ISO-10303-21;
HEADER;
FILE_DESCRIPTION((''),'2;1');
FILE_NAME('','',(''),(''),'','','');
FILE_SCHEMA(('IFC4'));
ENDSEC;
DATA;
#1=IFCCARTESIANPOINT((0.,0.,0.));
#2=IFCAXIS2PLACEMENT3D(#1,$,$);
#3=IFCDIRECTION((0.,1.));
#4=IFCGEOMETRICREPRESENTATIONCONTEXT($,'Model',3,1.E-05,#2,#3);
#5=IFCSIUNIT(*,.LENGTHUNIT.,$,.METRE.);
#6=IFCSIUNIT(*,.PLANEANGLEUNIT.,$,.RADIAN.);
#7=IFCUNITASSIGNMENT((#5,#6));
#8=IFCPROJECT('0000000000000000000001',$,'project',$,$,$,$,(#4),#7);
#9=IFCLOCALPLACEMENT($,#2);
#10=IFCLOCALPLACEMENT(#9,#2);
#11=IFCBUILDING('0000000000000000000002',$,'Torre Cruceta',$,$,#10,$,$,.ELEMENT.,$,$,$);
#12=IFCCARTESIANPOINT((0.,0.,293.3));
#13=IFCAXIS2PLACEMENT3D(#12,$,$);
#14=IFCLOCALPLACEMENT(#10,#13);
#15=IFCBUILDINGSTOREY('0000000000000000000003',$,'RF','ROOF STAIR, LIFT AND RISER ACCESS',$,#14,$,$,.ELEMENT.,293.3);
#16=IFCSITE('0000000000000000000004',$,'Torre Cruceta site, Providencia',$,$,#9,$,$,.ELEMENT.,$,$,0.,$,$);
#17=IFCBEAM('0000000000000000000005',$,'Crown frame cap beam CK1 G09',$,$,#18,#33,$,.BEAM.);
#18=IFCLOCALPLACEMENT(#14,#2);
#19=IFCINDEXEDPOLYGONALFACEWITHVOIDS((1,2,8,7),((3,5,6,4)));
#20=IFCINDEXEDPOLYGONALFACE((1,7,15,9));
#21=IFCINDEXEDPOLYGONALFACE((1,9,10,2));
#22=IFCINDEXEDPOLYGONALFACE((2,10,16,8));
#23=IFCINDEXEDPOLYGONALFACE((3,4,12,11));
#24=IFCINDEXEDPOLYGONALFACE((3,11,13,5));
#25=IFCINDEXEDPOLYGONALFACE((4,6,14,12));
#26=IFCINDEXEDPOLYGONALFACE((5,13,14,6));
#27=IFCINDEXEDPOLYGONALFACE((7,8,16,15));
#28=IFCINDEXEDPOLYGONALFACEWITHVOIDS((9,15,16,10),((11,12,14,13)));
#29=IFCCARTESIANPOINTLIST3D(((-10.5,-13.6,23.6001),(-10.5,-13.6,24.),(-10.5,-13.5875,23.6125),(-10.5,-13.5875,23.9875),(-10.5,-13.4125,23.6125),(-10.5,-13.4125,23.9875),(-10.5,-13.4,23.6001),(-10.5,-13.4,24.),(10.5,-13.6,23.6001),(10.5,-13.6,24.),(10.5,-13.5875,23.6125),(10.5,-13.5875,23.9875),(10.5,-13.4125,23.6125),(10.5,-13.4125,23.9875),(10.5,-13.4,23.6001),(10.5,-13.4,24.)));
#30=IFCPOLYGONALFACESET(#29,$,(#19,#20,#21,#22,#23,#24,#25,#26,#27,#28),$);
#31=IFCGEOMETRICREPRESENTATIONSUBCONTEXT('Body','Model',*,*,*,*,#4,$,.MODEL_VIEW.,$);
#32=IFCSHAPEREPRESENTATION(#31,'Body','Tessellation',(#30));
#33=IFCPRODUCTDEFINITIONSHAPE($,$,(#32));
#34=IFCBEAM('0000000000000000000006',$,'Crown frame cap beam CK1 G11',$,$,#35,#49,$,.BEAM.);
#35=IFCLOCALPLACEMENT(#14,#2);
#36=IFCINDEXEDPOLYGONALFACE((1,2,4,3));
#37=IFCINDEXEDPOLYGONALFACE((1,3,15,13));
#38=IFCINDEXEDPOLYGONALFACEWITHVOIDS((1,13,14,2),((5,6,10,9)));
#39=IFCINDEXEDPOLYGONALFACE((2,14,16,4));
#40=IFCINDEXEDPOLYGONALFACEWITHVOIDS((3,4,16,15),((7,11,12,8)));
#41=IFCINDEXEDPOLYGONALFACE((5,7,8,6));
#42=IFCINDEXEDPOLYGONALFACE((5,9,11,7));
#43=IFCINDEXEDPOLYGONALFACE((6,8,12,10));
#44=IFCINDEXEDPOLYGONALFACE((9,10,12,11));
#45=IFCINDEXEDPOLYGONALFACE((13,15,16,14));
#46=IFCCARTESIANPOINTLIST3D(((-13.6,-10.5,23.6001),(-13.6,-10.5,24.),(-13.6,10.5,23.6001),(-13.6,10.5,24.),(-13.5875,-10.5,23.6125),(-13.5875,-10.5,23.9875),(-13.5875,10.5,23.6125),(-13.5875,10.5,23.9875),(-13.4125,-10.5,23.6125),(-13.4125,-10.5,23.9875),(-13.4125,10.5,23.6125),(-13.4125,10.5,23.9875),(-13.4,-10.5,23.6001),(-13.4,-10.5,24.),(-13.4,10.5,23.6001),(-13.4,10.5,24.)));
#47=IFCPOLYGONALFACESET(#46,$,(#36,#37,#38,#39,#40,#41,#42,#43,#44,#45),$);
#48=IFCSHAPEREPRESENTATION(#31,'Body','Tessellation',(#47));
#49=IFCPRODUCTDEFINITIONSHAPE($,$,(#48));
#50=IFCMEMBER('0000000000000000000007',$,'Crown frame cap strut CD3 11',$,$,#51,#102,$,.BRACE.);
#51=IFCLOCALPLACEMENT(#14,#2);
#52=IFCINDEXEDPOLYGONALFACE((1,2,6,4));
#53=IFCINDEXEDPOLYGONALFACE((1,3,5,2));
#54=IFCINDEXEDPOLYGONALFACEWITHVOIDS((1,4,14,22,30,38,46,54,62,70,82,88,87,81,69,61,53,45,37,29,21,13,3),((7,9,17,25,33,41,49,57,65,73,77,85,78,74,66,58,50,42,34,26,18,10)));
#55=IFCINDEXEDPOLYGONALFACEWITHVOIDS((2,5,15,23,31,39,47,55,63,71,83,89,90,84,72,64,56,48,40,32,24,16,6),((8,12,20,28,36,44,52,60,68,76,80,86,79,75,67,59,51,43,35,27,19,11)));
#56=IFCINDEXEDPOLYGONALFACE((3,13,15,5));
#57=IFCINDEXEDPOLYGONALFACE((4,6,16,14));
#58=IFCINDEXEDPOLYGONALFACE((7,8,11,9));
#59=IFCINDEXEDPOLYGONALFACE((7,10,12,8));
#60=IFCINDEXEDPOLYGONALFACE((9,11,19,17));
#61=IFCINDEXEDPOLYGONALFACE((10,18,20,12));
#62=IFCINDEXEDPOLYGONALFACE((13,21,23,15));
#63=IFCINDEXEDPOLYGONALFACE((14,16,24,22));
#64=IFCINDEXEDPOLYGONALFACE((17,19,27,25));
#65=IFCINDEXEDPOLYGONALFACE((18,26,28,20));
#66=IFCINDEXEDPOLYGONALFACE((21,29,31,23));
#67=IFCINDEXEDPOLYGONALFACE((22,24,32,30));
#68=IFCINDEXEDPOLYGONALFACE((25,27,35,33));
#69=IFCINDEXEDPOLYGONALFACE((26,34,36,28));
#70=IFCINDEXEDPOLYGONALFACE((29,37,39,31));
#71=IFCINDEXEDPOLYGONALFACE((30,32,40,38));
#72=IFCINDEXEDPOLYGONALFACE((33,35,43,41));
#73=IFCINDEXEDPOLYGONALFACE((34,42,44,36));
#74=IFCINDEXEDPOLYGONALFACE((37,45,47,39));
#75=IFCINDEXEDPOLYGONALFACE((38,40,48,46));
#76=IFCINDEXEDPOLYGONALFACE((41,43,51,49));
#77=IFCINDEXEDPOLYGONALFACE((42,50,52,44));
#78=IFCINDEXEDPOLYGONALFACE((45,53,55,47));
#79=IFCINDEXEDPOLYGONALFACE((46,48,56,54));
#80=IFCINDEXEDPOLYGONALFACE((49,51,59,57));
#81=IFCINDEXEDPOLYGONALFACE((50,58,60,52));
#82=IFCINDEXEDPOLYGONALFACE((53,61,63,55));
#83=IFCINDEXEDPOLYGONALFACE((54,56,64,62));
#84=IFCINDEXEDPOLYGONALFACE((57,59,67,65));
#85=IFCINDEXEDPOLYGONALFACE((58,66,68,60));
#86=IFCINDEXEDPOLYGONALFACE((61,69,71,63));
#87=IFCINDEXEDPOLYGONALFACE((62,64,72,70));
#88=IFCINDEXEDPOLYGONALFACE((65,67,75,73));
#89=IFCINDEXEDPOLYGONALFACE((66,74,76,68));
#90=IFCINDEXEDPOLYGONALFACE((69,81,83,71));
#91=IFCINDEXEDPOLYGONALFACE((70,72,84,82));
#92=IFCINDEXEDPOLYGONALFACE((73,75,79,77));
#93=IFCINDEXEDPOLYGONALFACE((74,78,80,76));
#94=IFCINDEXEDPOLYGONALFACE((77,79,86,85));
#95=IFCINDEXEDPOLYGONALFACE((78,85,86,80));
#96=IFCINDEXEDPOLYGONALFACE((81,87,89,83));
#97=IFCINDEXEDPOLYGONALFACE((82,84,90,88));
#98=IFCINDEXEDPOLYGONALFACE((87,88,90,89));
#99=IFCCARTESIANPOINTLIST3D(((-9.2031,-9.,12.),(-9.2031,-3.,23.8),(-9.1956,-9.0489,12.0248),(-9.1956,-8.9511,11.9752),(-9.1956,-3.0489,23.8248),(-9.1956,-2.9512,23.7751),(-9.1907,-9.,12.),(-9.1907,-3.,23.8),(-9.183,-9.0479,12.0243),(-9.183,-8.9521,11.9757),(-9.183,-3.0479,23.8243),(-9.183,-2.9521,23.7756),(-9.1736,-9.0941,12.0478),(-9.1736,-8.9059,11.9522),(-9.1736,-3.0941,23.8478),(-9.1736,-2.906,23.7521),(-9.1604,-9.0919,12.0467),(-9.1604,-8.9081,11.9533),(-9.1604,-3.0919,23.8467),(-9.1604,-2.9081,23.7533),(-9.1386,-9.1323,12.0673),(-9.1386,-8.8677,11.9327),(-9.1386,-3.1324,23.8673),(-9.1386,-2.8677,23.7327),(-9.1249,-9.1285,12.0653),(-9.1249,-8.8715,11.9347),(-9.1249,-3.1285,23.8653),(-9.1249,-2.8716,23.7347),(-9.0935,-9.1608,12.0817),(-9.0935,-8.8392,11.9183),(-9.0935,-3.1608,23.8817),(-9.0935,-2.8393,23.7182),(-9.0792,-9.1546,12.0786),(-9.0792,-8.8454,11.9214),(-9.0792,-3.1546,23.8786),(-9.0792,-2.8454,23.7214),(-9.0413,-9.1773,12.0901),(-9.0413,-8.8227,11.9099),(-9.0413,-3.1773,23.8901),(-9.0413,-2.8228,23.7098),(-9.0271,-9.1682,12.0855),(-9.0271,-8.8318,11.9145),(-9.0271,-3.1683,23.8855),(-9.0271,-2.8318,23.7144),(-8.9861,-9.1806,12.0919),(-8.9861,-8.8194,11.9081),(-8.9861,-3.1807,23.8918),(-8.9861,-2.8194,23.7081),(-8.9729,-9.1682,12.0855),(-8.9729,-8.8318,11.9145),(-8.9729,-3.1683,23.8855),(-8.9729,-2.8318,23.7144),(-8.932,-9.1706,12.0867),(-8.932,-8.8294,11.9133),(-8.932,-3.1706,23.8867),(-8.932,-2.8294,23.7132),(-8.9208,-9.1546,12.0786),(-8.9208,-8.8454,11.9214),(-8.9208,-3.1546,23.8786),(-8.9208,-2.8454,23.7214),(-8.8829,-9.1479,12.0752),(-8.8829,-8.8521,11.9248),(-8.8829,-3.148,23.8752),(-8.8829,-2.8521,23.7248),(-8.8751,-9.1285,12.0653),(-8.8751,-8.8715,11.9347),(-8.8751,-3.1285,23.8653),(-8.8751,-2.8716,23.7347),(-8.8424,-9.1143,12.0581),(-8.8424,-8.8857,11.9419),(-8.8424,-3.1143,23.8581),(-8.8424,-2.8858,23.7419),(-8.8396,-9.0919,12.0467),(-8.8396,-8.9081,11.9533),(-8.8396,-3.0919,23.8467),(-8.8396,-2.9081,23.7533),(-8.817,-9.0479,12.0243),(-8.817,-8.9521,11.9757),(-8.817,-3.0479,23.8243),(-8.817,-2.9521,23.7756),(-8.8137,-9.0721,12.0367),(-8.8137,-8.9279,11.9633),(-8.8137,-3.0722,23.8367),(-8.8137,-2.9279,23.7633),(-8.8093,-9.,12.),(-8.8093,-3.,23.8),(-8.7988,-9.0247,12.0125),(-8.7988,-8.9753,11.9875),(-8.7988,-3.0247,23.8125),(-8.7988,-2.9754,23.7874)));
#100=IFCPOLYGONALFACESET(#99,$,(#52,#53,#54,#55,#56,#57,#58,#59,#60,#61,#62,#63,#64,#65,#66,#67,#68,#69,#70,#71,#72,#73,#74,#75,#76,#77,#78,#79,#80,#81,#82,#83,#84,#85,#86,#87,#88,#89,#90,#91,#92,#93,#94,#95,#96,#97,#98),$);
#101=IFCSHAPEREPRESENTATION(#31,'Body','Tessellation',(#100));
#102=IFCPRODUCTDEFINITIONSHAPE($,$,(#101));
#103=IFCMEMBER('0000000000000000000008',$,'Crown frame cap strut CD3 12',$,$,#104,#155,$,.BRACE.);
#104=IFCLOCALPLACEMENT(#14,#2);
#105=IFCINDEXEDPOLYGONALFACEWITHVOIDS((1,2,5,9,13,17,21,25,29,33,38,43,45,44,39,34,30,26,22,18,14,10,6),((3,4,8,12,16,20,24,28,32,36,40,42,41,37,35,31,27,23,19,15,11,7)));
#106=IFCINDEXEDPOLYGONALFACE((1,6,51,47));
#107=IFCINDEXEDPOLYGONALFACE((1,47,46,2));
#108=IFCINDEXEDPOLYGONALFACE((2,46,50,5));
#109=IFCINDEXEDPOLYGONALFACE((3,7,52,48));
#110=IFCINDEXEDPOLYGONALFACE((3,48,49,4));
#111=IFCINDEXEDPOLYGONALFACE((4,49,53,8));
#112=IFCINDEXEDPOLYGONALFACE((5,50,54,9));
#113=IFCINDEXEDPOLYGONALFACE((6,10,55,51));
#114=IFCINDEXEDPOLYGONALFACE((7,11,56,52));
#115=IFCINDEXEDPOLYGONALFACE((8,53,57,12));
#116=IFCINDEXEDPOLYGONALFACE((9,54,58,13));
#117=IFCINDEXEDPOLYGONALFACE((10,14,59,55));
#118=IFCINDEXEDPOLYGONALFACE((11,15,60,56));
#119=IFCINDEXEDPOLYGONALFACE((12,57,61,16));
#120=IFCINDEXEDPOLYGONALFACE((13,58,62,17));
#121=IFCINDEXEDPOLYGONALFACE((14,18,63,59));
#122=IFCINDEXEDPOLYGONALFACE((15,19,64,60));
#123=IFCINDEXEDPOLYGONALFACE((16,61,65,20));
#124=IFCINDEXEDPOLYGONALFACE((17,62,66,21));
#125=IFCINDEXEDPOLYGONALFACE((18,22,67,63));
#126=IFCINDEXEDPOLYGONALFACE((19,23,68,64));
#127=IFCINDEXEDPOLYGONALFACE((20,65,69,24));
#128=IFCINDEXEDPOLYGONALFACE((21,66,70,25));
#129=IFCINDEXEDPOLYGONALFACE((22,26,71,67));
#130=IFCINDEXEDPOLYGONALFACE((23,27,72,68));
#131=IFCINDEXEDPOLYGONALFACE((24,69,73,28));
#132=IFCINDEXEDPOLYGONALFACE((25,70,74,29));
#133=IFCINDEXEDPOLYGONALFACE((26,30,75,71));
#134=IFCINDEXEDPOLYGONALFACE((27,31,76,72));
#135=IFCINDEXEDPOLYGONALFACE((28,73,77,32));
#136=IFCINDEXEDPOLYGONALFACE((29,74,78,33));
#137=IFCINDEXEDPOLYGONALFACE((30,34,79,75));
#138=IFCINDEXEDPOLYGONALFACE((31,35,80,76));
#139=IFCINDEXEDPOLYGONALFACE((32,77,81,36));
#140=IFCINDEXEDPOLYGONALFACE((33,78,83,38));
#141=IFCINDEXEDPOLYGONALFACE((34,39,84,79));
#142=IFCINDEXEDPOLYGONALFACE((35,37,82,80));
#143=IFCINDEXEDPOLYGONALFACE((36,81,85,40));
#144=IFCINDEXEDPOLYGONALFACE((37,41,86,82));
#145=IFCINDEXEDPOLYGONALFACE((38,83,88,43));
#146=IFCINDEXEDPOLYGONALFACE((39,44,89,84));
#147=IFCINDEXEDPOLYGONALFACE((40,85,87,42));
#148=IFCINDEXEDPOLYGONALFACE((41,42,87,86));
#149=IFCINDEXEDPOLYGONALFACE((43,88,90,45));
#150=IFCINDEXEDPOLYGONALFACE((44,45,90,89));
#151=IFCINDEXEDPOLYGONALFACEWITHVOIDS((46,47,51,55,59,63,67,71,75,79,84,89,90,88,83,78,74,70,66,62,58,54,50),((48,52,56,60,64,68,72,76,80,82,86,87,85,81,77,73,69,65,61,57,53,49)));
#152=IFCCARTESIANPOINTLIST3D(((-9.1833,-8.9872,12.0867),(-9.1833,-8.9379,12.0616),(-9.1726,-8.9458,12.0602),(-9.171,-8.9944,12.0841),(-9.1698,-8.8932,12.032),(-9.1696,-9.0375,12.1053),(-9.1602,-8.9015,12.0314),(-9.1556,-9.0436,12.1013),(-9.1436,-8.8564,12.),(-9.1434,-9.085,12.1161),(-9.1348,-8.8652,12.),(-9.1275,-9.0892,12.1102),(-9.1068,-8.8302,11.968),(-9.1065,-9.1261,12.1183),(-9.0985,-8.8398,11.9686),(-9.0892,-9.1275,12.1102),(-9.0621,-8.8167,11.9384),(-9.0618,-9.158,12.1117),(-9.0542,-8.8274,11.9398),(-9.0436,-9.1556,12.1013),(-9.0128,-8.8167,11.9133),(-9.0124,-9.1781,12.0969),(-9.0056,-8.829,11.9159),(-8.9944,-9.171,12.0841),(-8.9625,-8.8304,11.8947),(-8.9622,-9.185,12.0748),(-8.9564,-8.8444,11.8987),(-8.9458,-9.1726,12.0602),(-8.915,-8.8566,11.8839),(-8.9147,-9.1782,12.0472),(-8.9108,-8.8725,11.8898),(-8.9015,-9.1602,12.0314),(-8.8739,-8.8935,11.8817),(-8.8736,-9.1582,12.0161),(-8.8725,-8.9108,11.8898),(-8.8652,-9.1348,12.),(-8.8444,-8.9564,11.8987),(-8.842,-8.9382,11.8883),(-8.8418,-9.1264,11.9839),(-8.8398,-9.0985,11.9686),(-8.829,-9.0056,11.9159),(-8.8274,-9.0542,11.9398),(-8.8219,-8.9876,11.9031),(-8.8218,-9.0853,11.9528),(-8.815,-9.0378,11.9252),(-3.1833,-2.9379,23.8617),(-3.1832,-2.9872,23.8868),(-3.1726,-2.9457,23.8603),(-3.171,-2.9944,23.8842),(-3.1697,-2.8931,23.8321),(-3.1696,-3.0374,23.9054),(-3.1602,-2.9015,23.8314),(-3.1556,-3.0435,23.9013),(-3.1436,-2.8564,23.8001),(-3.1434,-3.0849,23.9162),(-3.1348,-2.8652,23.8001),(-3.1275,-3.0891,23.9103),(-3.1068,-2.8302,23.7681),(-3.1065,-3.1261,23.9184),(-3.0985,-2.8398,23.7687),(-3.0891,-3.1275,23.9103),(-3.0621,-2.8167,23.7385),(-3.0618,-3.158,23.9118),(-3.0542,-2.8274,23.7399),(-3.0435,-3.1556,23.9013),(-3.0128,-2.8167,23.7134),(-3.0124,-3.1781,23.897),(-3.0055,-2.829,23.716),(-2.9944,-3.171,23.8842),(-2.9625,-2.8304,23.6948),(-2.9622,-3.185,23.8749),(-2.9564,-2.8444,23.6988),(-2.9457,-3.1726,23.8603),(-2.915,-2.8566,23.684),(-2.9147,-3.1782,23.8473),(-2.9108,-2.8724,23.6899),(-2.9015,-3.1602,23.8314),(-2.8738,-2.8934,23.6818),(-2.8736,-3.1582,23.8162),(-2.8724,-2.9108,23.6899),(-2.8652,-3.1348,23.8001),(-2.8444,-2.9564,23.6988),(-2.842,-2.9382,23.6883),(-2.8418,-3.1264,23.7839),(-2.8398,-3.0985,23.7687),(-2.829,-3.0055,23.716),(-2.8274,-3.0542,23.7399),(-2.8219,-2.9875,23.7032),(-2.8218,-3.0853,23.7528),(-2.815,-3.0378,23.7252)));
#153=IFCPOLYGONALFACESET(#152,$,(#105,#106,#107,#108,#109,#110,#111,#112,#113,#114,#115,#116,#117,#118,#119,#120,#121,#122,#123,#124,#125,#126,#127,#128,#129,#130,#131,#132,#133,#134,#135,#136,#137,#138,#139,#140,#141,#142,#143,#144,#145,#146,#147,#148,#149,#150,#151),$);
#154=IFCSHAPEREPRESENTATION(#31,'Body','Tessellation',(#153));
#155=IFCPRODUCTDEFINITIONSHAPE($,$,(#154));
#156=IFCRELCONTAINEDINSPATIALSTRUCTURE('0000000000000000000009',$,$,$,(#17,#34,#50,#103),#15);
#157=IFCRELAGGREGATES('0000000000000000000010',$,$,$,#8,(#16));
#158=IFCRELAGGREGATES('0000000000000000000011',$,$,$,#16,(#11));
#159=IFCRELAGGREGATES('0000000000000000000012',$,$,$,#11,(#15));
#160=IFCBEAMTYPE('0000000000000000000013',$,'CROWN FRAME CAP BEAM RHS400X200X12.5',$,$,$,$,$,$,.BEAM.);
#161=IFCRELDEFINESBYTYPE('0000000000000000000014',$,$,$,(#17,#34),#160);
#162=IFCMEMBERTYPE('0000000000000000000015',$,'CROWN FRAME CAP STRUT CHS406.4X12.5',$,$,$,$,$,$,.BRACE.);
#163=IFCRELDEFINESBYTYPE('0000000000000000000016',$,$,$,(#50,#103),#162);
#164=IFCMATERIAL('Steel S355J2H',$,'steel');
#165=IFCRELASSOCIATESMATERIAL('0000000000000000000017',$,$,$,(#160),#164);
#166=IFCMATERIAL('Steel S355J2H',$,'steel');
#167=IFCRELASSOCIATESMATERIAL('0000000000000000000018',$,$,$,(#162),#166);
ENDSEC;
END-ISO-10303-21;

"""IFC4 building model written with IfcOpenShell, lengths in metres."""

from ifc_helpers import new_model, si_unit, direction, frame, origin, origin_2d, place, context, subcontext, project, spatial, hollow_rectangle, hollow_circle, extrude, material, material_profile, profile_set, type_object, element, save


model = new_model("IFC4")

# Units and contexts
model_context = context("Model", 3, precision=1e-05, world=origin(), true_north=direction((0.0, 1.0)))
body_context = subcontext(model_context, "Body", "Model", "MODEL_VIEW")
ifc_project = project(units=[si_unit("LENGTHUNIT", "METRE"), si_unit("PLANEANGLEUNIT", "RADIAN")], contexts=[model_context])

# Site, building, storey
site_placement = place(None, origin())
site = spatial("IfcSite", under=ifc_project, at=site_placement, Name="Torre Cruceta site, Providencia", CompositionType="ELEMENT", RefElevation=0.0)
building_placement = place(site_placement, origin())
building = spatial("IfcBuilding", under=site, at=building_placement, Name="Torre Cruceta", CompositionType="ELEMENT")
storey_placement = place(building_placement, frame((0.0, 0.0, 293.3)))
storey = spatial("IfcBuildingStorey", under=building, at=storey_placement, Name="RF", Description="ROOF STAIR, LIFT AND RISER ACCESS", CompositionType="ELEMENT", Elevation=293.3)

# Beams
ifc_material_1 = material(Name="Steel S355J2H", Category="steel")
ifc_material_profile_1 = material_profile(ifc_material_1, hollow_rectangle(XDim=0.2, YDim=0.3999, WallThickness=0.0125, at=origin_2d()), Name="RHS400X200X12.5")
ifc_profile_set_1 = profile_set([ifc_material_profile_1], Name="Steel S355J2H")
beam_type_1 = type_object("IfcBeamType", Name="CROWN FRAME CAP BEAM RHS400X200X12.5", PredefinedType="BEAM", material=ifc_profile_set_1)
for number, where, z_axis, x_axis, name in (
    (1, (-10.5, -13.5, 23.8), (1.0, 0.0, 0.0), (0.0, 1.0, 0.0), "Crown frame cap beam CK1 G09"),
    (2, (-13.5, -10.5, 23.8), (0.0, 1.0, 0.0), (-1.0, 0.0, 0.0), "Crown frame cap beam CK1 G11"),
):
    element("IfcBeam", number, at=place(storey_placement, frame(where, z_axis=z_axis, x_axis=x_axis)), inside=storey, type_object=beam_type_1, Name=name, PredefinedType="BEAM", context=body_context, shape_type="SweptSolid", body=[
        extrude(hollow_rectangle(XDim=0.2, YDim=0.3999, WallThickness=0.0125, at=origin_2d()), origin(), (0.0, 0.0, 1.0), 21.0),
    ])

# Members
ifc_material_2 = material(Name="Steel S355J2H", Category="steel")
ifc_material_profile_2 = material_profile(ifc_material_2, hollow_circle(Radius=0.2031, WallThickness=0.0125, at=origin_2d()), Name="CHS406.4X12.5")
ifc_profile_set_2 = profile_set([ifc_material_profile_2], Name="Steel S355J2H")
member_type_1 = type_object("IfcMemberType", Name="CROWN FRAME CAP STRUT CHS406.4X12.5", PredefinedType="BRACE", material=ifc_profile_set_2)
member_1_placement = place(storey_placement, frame((-9.0, -9.0, 12.0), z_axis=(0.0, 0.453245, 0.891386), x_axis=(-1.0, 0.0, 0.0)))
element("IfcMember", 3, at=member_1_placement, inside=storey, type_object=member_type_1, Name="Crown frame cap strut CD3 11", PredefinedType="BRACE", context=body_context, shape_type="SweptSolid", body=[
    extrude(hollow_circle(Radius=0.2031, WallThickness=0.0125, at=origin_2d()), origin(), (0.0, 0.0, 1.0), 13.2378),
])
member_2_placement = place(storey_placement, frame((-9.0, -9.0, 12.0), z_axis=(0.412821, 0.412821, 0.811885), x_axis=(-0.707107, 0.707107, 0.0)))
element("IfcMember", 4, at=member_2_placement, inside=storey, type_object=member_type_1, Name="Crown frame cap strut CD3 12", PredefinedType="BRACE", context=body_context, shape_type="SweptSolid", body=[
    extrude(hollow_circle(Radius=0.2031, WallThickness=0.0125, at=origin_2d()), origin(), (0.0, 0.0, 1.0), 14.5342),
])

save(model, "model.ifc")
